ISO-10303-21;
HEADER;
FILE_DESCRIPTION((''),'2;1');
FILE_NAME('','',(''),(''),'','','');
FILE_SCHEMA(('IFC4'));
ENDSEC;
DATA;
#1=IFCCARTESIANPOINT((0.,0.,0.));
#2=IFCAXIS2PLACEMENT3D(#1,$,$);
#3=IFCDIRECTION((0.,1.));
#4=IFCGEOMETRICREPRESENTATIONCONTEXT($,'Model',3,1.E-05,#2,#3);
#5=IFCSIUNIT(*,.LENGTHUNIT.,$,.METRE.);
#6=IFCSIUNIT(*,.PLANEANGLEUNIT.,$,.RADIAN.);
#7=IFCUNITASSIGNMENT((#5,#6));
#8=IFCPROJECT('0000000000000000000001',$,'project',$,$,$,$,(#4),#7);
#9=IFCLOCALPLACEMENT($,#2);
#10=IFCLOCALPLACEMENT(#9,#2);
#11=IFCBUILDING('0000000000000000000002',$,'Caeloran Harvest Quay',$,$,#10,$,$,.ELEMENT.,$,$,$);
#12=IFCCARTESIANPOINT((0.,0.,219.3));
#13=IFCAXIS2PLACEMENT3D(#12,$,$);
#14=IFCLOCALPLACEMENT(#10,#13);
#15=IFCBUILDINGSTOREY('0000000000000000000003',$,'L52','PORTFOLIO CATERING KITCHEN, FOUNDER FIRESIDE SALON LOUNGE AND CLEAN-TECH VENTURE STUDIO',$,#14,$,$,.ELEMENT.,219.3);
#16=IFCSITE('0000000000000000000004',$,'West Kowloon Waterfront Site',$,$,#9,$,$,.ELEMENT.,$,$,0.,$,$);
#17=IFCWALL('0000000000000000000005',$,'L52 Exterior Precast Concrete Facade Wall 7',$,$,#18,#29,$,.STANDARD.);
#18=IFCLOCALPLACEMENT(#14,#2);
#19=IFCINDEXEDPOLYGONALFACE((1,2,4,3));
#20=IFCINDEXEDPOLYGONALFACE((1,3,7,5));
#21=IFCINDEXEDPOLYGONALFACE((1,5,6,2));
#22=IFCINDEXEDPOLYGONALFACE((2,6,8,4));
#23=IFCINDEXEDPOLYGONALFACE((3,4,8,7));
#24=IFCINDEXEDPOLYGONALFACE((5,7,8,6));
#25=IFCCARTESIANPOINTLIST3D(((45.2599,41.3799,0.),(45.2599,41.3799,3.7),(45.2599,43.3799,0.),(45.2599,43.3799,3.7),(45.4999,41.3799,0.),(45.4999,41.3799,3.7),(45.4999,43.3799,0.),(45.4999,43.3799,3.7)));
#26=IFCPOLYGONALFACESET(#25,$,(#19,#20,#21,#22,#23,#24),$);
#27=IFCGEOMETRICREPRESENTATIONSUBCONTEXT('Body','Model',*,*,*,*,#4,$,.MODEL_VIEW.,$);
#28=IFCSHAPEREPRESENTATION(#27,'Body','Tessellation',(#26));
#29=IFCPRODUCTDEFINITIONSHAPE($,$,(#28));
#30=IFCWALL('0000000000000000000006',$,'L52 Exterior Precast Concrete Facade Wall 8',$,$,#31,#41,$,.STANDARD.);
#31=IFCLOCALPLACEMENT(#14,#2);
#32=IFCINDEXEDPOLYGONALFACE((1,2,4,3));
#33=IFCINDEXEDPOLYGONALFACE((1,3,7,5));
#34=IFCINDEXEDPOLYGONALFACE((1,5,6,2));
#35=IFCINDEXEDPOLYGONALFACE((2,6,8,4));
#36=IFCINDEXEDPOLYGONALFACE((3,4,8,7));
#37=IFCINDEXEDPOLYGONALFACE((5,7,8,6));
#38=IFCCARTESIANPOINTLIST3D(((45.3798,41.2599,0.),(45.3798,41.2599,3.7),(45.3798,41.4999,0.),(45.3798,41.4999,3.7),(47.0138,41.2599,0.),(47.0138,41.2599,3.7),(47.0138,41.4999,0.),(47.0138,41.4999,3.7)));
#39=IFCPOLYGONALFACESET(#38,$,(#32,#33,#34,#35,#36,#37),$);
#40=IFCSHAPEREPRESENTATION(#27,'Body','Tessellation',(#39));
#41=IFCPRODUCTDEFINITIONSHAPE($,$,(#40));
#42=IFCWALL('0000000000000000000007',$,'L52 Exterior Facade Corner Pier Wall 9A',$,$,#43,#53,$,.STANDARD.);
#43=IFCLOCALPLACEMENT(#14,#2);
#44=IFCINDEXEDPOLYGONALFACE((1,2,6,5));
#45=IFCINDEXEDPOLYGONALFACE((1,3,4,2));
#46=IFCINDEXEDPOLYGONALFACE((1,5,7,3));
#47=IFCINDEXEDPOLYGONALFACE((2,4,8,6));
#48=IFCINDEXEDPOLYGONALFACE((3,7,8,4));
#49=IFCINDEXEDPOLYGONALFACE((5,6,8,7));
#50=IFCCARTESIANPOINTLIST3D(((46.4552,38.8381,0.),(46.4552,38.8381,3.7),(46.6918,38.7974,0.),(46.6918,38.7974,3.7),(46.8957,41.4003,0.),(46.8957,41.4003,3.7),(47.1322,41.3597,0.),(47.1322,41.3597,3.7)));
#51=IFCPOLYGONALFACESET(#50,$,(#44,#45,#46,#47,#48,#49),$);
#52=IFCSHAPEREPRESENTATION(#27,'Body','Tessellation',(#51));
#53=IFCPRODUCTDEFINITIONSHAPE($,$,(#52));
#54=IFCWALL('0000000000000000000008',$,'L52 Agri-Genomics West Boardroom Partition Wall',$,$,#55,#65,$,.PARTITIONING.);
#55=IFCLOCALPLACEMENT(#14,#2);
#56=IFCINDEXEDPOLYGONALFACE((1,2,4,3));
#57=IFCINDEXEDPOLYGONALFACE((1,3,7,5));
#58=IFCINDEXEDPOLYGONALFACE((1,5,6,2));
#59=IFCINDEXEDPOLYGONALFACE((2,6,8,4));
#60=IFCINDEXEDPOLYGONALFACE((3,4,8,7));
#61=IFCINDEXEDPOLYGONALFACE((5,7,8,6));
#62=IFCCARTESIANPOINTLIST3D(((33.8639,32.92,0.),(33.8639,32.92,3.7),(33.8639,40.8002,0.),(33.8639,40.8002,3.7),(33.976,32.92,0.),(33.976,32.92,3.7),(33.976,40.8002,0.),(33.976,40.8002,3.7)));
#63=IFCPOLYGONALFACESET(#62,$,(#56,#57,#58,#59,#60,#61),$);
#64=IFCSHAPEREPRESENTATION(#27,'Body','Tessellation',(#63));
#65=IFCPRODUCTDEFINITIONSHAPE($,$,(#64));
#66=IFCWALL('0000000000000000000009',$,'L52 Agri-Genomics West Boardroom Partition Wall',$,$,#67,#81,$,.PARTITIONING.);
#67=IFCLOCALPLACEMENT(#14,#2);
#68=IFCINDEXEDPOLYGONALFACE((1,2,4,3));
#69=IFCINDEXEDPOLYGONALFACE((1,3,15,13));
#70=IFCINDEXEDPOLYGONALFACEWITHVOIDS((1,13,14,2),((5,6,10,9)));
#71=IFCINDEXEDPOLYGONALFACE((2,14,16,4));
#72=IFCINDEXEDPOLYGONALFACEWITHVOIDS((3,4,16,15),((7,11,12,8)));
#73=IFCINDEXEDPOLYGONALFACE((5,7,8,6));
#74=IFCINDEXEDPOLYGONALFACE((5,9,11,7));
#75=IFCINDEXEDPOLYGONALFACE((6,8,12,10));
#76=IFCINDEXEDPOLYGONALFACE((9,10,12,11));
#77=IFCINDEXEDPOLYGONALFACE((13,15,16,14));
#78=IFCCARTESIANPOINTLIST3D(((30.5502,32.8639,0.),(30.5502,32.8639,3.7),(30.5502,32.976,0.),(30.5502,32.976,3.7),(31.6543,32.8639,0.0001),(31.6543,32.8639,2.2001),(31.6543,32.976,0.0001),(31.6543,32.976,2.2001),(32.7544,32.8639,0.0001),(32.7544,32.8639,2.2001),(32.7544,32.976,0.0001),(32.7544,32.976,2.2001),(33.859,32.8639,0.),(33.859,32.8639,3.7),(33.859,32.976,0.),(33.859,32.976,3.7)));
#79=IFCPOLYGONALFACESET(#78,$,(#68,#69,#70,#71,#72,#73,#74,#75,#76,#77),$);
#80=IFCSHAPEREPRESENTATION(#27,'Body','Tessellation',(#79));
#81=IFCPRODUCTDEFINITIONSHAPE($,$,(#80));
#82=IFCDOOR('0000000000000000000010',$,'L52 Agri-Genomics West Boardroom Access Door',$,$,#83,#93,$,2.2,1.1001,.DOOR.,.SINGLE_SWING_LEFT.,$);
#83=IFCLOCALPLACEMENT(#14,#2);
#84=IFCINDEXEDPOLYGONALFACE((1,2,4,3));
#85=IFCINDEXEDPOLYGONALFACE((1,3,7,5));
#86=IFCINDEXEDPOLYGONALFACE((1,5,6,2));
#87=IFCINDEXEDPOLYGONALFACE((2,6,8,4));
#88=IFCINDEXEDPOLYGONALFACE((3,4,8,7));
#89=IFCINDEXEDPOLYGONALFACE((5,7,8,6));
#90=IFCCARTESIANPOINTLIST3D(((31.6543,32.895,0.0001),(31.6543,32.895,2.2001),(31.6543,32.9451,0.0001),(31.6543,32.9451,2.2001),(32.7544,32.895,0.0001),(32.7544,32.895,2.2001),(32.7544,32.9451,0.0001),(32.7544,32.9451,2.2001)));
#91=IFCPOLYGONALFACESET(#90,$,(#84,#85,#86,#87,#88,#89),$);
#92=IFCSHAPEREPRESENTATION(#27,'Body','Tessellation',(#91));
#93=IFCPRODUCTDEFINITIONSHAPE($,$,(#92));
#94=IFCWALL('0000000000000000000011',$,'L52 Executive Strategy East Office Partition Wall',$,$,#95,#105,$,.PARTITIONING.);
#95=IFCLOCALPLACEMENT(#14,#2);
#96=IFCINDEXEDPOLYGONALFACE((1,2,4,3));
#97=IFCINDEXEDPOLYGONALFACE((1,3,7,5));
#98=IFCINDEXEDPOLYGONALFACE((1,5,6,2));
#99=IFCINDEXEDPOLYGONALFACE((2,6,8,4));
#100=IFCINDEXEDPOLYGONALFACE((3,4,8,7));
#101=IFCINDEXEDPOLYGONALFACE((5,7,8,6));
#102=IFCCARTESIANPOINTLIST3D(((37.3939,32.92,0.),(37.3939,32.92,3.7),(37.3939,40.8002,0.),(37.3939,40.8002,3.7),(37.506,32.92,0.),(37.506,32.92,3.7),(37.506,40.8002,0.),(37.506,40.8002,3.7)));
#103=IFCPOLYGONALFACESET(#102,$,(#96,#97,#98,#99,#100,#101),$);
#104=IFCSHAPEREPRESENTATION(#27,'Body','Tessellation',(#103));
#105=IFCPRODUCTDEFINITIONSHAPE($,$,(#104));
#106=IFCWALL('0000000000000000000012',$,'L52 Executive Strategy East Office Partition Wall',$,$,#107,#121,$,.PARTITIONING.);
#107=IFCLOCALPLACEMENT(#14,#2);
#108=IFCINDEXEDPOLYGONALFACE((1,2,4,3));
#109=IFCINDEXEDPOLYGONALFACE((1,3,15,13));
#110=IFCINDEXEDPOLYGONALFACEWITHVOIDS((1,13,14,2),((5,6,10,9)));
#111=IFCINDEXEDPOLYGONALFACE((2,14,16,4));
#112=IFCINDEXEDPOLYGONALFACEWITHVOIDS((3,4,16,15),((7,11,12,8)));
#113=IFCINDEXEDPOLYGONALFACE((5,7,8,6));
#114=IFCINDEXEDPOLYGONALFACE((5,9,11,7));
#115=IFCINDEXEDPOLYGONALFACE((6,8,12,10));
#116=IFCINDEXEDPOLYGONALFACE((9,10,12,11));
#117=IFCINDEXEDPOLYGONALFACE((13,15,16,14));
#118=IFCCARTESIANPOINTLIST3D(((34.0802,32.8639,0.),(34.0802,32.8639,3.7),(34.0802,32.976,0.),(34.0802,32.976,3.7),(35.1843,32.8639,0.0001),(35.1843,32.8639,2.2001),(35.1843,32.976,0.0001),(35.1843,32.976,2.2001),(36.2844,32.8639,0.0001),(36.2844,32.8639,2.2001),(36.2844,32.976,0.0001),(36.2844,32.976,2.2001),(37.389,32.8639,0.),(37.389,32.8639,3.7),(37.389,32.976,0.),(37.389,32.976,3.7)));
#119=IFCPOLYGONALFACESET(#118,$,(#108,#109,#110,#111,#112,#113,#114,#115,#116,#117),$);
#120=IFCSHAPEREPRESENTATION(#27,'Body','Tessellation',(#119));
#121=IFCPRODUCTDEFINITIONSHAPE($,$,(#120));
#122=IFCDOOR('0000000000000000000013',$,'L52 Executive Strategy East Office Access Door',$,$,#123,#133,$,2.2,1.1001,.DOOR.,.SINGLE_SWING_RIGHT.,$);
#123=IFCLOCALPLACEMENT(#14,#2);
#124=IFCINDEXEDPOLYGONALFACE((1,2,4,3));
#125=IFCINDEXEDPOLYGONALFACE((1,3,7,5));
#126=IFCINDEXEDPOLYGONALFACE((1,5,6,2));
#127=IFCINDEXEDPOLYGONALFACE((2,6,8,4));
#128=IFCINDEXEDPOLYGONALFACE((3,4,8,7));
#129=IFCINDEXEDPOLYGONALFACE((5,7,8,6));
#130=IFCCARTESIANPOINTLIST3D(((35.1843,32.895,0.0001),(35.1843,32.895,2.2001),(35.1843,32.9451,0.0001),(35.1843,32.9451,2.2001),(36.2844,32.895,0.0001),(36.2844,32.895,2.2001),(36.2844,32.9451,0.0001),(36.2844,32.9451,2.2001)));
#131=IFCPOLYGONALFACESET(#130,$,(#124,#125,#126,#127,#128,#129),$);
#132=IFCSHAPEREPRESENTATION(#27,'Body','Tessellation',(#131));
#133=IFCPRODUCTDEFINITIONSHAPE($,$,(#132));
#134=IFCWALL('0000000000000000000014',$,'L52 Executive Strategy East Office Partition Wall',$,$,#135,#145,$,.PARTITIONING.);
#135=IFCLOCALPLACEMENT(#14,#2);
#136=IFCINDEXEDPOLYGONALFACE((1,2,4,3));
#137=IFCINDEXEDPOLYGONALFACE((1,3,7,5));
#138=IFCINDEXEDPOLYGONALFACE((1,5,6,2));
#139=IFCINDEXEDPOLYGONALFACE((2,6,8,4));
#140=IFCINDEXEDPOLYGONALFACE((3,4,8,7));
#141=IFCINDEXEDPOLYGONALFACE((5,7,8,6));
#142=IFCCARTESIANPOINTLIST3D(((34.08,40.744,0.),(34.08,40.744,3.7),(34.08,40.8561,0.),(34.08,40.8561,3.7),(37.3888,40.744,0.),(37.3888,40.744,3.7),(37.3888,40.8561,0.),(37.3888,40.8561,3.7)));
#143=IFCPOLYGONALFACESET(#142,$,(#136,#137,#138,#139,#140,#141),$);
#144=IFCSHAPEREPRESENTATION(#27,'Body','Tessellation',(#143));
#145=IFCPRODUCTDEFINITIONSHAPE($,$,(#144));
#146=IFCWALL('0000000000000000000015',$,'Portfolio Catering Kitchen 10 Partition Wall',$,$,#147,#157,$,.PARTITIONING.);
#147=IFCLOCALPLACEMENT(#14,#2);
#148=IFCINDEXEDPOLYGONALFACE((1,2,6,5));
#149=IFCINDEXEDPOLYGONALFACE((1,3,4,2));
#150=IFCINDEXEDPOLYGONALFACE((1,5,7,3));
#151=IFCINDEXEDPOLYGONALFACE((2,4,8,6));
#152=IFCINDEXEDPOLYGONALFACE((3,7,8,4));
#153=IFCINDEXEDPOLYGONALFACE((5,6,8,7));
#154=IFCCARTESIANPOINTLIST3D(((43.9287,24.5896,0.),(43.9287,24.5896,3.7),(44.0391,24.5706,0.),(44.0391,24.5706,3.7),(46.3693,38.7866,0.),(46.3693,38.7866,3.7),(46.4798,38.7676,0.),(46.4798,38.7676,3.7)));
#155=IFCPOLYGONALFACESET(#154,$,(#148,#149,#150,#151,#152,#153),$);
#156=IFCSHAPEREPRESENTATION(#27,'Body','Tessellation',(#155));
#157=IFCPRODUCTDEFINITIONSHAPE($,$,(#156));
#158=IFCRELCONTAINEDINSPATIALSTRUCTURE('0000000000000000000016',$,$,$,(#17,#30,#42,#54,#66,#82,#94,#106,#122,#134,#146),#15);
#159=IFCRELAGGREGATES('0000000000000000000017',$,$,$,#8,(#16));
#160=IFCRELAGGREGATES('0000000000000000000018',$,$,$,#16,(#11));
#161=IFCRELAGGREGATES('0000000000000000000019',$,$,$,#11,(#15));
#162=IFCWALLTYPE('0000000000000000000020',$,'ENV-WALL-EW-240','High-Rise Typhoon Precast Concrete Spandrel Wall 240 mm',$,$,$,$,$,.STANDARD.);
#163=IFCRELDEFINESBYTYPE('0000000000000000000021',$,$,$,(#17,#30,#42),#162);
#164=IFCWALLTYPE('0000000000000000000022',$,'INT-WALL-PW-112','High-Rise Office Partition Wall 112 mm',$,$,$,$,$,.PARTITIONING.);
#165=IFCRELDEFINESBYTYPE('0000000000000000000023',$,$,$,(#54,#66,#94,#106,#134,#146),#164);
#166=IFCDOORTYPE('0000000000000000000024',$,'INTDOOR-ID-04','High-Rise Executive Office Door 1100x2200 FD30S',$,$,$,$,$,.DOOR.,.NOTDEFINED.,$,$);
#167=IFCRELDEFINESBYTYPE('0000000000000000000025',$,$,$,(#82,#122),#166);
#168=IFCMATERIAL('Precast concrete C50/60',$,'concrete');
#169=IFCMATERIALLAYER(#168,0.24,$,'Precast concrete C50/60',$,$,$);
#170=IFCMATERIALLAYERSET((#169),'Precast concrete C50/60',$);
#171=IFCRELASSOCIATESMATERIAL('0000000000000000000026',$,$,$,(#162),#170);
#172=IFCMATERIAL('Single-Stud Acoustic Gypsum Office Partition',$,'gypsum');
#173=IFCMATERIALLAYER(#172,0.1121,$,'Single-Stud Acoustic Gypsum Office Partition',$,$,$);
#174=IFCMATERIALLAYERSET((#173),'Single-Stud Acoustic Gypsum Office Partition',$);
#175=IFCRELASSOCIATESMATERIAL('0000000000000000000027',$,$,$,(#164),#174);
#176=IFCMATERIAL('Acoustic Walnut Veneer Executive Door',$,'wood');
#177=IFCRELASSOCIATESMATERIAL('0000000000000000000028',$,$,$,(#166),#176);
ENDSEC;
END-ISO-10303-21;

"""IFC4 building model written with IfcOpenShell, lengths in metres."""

from ifc_helpers import new_model, si_unit, direction, frame, frame_2d, origin, place, context, subcontext, project, spatial, rectangle, extrude, material, layer, layer_set, type_object, element, fill, save


model = new_model("IFC4")

# Units and contexts
model_context = context("Model", 3, precision=1e-05, world=origin(), true_north=direction((0.0, 1.0)))
body_context = subcontext(model_context, "Body", "Model", "MODEL_VIEW")
ifc_project = project(units=[si_unit("LENGTHUNIT", "METRE"), si_unit("PLANEANGLEUNIT", "RADIAN")], contexts=[model_context])

# Site, building, storey
site_placement = place(None, origin())
site = spatial("IfcSite", under=ifc_project, at=site_placement, Name="West Kowloon Waterfront Site", CompositionType="ELEMENT", RefElevation=0.0)
building_placement = place(site_placement, origin())
building = spatial("IfcBuilding", under=site, at=building_placement, Name="Caeloran Harvest Quay", CompositionType="ELEMENT")
storey_placement = place(building_placement, frame((0.0, 0.0, 219.3)))
storey = spatial("IfcBuildingStorey", under=building, at=storey_placement, Name="L52", Description="PORTFOLIO CATERING KITCHEN, FOUNDER FIRESIDE SALON LOUNGE AND CLEAN-TECH VENTURE STUDIO", CompositionType="ELEMENT", Elevation=219.3)

# Walls
ifc_material_1 = material(Name="Precast concrete C50/60", Category="concrete")
ifc_layer_1 = layer(ifc_material_1, 0.24, Name="Precast concrete C50/60")
ifc_layer_set_1 = layer_set([ifc_layer_1], Name="Precast concrete C50/60")
wall_type_1 = type_object("IfcWallType", Name="ENV-WALL-EW-240", Description="High-Rise Typhoon Precast Concrete Spandrel Wall 240 mm", PredefinedType="STANDARD", material=ifc_layer_set_1)
wall_1_placement = place(storey_placement, frame((45.3799, 43.3799, 0.0), z_axis=(0.0, 0.0, 1.0), x_axis=(0.0, -1.0, 0.0)))
element("IfcWall", 1, at=wall_1_placement, inside=storey, type_object=wall_type_1, Name="L52 Exterior Precast Concrete Facade Wall 7", PredefinedType="STANDARD", context=body_context, shape_type="SweptSolid", body=[
    extrude(rectangle(XDim=2.0, YDim=0.24, at=frame_2d((1.0, 0.0))), origin(), (0.0, 0.0, 1.0), 3.7),
])
wall_2_placement = place(storey_placement, frame((45.3799, 41.3799, 0.0), z_axis=(0.0, 0.0, 1.0), x_axis=(1.0, 0.0, 0.0)))
element("IfcWall", 2, at=wall_2_placement, inside=storey, type_object=wall_type_1, Name="L52 Exterior Precast Concrete Facade Wall 8", PredefinedType="STANDARD", context=body_context, shape_type="SweptSolid", body=[
    extrude(rectangle(XDim=1.634, YDim=0.24, at=frame_2d((0.8169, 0.0))), origin(), (0.0, 0.0, 1.0), 3.7),
])
wall_3_placement = place(storey_placement, frame((47.0139, 41.3799, 0.0), z_axis=(0.0, 0.0, 1.0), x_axis=(-0.169407, -0.985546, 0.0)))
element("IfcWall", 3, at=wall_3_placement, inside=storey, type_object=wall_type_1, Name="L52 Exterior Facade Corner Pier Wall 9A", PredefinedType="STANDARD", context=body_context, shape_type="SweptSolid", body=[
    extrude(rectangle(XDim=2.5999, YDim=0.24, at=frame_2d((1.2998, 0.0))), origin(), (0.0, 0.0, 1.0), 3.7),
])
ifc_material_2 = material(Name="Single-Stud Acoustic Gypsum Office Partition", Category="gypsum")
ifc_layer_2 = layer(ifc_material_2, 0.1121, Name="Single-Stud Acoustic Gypsum Office Partition")
ifc_layer_set_2 = layer_set([ifc_layer_2], Name="Single-Stud Acoustic Gypsum Office Partition")
wall_type_2 = type_object("IfcWallType", Name="INT-WALL-PW-112", Description="High-Rise Office Partition Wall 112 mm", PredefinedType="PARTITIONING", material=ifc_layer_set_2)
wall_4_placement = place(storey_placement, frame((33.9199, 40.8, 0.0), z_axis=(0.0, 0.0, 1.0), x_axis=(0.0, -1.0, 0.0)))
element("IfcWall", 4, at=wall_4_placement, inside=storey, type_object=wall_type_2, Name="L52 Agri-Genomics West Boardroom Partition Wall", PredefinedType="PARTITIONING", context=body_context, shape_type="SweptSolid", body=[
    extrude(rectangle(XDim=7.8801, YDim=0.1121, at=frame_2d((3.9399, 0.0))), origin(), (0.0, 0.0, 1.0), 3.7),
])

# Wall, opening, door
wall_5_placement = place(storey_placement, frame((33.8589, 32.9199, 0.0), z_axis=(0.0, 0.0, 1.0), x_axis=(-1.0, 0.0, 0.0)))
wall_5 = element("IfcWall", 5, at=wall_5_placement, inside=storey, type_object=wall_type_2, Name="L52 Agri-Genomics West Boardroom Partition Wall", PredefinedType="PARTITIONING", context=body_context, shape_type="SweptSolid", body=[
    extrude(rectangle(XDim=3.3088, YDim=0.1121, at=frame_2d((1.6543, 0.0))), origin(), (0.0, 0.0, 1.0), 3.7),
])
opening_1_placement = place(wall_5_placement, frame((1.1045, 0.0, 0.0)))
opening_1 = element("IfcOpeningElement", 6, at=opening_1_placement, cuts=wall_5, PredefinedType="OPENING", context=body_context, shape_type="SweptSolid", body=[
    extrude(rectangle(XDim=1.1001, YDim=2.2, at=frame_2d((0.55, 1.1001))), frame((0.0, 0.0659, 0.0), z_axis=(0.0, -1.0, 0.0), x_axis=(1.0, 0.0, 0.0)), (0.0, 0.0, 1.0), 0.1321),
])
ifc_material_3 = material(Name="Acoustic Walnut Veneer Executive Door", Category="wood")
door_type = type_object("IfcDoorType", Name="INTDOOR-ID-04", Description="High-Rise Executive Office Door 1100x2200 FD30S", OperationType="NOTDEFINED", PredefinedType="DOOR", material=ifc_material_3)
door_1_placement = place(opening_1_placement, origin())
door_1 = element("IfcDoor", 7, at=door_1_placement, inside=storey, type_object=door_type, Name="L52 Agri-Genomics West Boardroom Access Door", OperationType="SINGLE_SWING_LEFT", OverallHeight=2.2, OverallWidth=1.1001, PredefinedType="DOOR", context=body_context, shape_type="SweptSolid", body=[
    extrude(rectangle(XDim=1.1001, YDim=2.2, at=frame_2d((0.55, 1.1001))), frame((0.0, 0.0249, 0.0), z_axis=(0.0, -1.0, 0.0), x_axis=(1.0, 0.0, 0.0)), (0.0, 0.0, 1.0), 0.05),
])
fill(opening_1, door_1)

# Wall
wall_6_placement = place(storey_placement, frame((37.45, 40.8, 0.0), z_axis=(0.0, 0.0, 1.0), x_axis=(0.0, -1.0, 0.0)))
element("IfcWall", 8, at=wall_6_placement, inside=storey, type_object=wall_type_2, Name="L52 Executive Strategy East Office Partition Wall", PredefinedType="PARTITIONING", context=body_context, shape_type="SweptSolid", body=[
    extrude(rectangle(XDim=7.8801, YDim=0.1121, at=frame_2d((3.9399, 0.0))), origin(), (0.0, 0.0, 1.0), 3.7),
])

# Wall, opening, door
wall_7_placement = place(storey_placement, frame((37.3889, 32.9199, 0.0), z_axis=(0.0, 0.0, 1.0), x_axis=(-1.0, 0.0, 0.0)))
wall_7 = element("IfcWall", 9, at=wall_7_placement, inside=storey, type_object=wall_type_2, Name="L52 Executive Strategy East Office Partition Wall", PredefinedType="PARTITIONING", context=body_context, shape_type="SweptSolid", body=[
    extrude(rectangle(XDim=3.3088, YDim=0.1121, at=frame_2d((1.6543, 0.0))), origin(), (0.0, 0.0, 1.0), 3.7),
])
opening_2_placement = place(wall_7_placement, frame((1.1045, 0.0, 0.0)))
opening_2 = element("IfcOpeningElement", 10, at=opening_2_placement, cuts=wall_7, PredefinedType="OPENING", context=body_context, shape_type="SweptSolid", body=[
    extrude(rectangle(XDim=1.1001, YDim=2.2, at=frame_2d((0.55, 1.1001))), frame((0.0, 0.0659, 0.0), z_axis=(0.0, -1.0, 0.0), x_axis=(1.0, 0.0, 0.0)), (0.0, 0.0, 1.0), 0.1321),
])
door_2_placement = place(opening_2_placement, origin())
door_2 = element("IfcDoor", 11, at=door_2_placement, inside=storey, type_object=door_type, Name="L52 Executive Strategy East Office Access Door", OperationType="SINGLE_SWING_RIGHT", OverallHeight=2.2, OverallWidth=1.1001, PredefinedType="DOOR", context=body_context, shape_type="SweptSolid", body=[
    extrude(rectangle(XDim=1.1001, YDim=2.2, at=frame_2d((0.55, 1.1001))), frame((0.0, 0.0249, 0.0), z_axis=(0.0, -1.0, 0.0), x_axis=(1.0, 0.0, 0.0)), (0.0, 0.0, 1.0), 0.05),
])
fill(opening_2, door_2)

# Walls
wall_8_placement = place(storey_placement, frame((34.0801, 40.8, 0.0), z_axis=(0.0, 0.0, 1.0), x_axis=(1.0, 0.0, 0.0)))
element("IfcWall", 12, at=wall_8_placement, inside=storey, type_object=wall_type_2, Name="L52 Executive Strategy East Office Partition Wall", PredefinedType="PARTITIONING", context=body_context, shape_type="SweptSolid", body=[
    extrude(rectangle(XDim=3.3088, YDim=0.1121, at=frame_2d((1.6543, 0.0))), origin(), (0.0, 0.0, 1.0), 3.7),
])
wall_9_placement = place(storey_placement, frame((46.4246, 38.7771, 0.0), z_axis=(0.0, 0.0, 1.0), x_axis=(-0.169429, -0.985542, 0.0)))
element("IfcWall", 13, at=wall_9_placement, inside=storey, type_object=wall_type_2, Name="Portfolio Catering Kitchen 10 Partition Wall", PredefinedType="PARTITIONING", context=body_context, shape_type="SweptSolid", body=[
    extrude(rectangle(XDim=14.4053, YDim=0.1121, at=frame_2d((7.2026, 0.0))), origin(), (0.0, 0.0, 1.0), 3.7),
])

save(model, "model.ifc")
